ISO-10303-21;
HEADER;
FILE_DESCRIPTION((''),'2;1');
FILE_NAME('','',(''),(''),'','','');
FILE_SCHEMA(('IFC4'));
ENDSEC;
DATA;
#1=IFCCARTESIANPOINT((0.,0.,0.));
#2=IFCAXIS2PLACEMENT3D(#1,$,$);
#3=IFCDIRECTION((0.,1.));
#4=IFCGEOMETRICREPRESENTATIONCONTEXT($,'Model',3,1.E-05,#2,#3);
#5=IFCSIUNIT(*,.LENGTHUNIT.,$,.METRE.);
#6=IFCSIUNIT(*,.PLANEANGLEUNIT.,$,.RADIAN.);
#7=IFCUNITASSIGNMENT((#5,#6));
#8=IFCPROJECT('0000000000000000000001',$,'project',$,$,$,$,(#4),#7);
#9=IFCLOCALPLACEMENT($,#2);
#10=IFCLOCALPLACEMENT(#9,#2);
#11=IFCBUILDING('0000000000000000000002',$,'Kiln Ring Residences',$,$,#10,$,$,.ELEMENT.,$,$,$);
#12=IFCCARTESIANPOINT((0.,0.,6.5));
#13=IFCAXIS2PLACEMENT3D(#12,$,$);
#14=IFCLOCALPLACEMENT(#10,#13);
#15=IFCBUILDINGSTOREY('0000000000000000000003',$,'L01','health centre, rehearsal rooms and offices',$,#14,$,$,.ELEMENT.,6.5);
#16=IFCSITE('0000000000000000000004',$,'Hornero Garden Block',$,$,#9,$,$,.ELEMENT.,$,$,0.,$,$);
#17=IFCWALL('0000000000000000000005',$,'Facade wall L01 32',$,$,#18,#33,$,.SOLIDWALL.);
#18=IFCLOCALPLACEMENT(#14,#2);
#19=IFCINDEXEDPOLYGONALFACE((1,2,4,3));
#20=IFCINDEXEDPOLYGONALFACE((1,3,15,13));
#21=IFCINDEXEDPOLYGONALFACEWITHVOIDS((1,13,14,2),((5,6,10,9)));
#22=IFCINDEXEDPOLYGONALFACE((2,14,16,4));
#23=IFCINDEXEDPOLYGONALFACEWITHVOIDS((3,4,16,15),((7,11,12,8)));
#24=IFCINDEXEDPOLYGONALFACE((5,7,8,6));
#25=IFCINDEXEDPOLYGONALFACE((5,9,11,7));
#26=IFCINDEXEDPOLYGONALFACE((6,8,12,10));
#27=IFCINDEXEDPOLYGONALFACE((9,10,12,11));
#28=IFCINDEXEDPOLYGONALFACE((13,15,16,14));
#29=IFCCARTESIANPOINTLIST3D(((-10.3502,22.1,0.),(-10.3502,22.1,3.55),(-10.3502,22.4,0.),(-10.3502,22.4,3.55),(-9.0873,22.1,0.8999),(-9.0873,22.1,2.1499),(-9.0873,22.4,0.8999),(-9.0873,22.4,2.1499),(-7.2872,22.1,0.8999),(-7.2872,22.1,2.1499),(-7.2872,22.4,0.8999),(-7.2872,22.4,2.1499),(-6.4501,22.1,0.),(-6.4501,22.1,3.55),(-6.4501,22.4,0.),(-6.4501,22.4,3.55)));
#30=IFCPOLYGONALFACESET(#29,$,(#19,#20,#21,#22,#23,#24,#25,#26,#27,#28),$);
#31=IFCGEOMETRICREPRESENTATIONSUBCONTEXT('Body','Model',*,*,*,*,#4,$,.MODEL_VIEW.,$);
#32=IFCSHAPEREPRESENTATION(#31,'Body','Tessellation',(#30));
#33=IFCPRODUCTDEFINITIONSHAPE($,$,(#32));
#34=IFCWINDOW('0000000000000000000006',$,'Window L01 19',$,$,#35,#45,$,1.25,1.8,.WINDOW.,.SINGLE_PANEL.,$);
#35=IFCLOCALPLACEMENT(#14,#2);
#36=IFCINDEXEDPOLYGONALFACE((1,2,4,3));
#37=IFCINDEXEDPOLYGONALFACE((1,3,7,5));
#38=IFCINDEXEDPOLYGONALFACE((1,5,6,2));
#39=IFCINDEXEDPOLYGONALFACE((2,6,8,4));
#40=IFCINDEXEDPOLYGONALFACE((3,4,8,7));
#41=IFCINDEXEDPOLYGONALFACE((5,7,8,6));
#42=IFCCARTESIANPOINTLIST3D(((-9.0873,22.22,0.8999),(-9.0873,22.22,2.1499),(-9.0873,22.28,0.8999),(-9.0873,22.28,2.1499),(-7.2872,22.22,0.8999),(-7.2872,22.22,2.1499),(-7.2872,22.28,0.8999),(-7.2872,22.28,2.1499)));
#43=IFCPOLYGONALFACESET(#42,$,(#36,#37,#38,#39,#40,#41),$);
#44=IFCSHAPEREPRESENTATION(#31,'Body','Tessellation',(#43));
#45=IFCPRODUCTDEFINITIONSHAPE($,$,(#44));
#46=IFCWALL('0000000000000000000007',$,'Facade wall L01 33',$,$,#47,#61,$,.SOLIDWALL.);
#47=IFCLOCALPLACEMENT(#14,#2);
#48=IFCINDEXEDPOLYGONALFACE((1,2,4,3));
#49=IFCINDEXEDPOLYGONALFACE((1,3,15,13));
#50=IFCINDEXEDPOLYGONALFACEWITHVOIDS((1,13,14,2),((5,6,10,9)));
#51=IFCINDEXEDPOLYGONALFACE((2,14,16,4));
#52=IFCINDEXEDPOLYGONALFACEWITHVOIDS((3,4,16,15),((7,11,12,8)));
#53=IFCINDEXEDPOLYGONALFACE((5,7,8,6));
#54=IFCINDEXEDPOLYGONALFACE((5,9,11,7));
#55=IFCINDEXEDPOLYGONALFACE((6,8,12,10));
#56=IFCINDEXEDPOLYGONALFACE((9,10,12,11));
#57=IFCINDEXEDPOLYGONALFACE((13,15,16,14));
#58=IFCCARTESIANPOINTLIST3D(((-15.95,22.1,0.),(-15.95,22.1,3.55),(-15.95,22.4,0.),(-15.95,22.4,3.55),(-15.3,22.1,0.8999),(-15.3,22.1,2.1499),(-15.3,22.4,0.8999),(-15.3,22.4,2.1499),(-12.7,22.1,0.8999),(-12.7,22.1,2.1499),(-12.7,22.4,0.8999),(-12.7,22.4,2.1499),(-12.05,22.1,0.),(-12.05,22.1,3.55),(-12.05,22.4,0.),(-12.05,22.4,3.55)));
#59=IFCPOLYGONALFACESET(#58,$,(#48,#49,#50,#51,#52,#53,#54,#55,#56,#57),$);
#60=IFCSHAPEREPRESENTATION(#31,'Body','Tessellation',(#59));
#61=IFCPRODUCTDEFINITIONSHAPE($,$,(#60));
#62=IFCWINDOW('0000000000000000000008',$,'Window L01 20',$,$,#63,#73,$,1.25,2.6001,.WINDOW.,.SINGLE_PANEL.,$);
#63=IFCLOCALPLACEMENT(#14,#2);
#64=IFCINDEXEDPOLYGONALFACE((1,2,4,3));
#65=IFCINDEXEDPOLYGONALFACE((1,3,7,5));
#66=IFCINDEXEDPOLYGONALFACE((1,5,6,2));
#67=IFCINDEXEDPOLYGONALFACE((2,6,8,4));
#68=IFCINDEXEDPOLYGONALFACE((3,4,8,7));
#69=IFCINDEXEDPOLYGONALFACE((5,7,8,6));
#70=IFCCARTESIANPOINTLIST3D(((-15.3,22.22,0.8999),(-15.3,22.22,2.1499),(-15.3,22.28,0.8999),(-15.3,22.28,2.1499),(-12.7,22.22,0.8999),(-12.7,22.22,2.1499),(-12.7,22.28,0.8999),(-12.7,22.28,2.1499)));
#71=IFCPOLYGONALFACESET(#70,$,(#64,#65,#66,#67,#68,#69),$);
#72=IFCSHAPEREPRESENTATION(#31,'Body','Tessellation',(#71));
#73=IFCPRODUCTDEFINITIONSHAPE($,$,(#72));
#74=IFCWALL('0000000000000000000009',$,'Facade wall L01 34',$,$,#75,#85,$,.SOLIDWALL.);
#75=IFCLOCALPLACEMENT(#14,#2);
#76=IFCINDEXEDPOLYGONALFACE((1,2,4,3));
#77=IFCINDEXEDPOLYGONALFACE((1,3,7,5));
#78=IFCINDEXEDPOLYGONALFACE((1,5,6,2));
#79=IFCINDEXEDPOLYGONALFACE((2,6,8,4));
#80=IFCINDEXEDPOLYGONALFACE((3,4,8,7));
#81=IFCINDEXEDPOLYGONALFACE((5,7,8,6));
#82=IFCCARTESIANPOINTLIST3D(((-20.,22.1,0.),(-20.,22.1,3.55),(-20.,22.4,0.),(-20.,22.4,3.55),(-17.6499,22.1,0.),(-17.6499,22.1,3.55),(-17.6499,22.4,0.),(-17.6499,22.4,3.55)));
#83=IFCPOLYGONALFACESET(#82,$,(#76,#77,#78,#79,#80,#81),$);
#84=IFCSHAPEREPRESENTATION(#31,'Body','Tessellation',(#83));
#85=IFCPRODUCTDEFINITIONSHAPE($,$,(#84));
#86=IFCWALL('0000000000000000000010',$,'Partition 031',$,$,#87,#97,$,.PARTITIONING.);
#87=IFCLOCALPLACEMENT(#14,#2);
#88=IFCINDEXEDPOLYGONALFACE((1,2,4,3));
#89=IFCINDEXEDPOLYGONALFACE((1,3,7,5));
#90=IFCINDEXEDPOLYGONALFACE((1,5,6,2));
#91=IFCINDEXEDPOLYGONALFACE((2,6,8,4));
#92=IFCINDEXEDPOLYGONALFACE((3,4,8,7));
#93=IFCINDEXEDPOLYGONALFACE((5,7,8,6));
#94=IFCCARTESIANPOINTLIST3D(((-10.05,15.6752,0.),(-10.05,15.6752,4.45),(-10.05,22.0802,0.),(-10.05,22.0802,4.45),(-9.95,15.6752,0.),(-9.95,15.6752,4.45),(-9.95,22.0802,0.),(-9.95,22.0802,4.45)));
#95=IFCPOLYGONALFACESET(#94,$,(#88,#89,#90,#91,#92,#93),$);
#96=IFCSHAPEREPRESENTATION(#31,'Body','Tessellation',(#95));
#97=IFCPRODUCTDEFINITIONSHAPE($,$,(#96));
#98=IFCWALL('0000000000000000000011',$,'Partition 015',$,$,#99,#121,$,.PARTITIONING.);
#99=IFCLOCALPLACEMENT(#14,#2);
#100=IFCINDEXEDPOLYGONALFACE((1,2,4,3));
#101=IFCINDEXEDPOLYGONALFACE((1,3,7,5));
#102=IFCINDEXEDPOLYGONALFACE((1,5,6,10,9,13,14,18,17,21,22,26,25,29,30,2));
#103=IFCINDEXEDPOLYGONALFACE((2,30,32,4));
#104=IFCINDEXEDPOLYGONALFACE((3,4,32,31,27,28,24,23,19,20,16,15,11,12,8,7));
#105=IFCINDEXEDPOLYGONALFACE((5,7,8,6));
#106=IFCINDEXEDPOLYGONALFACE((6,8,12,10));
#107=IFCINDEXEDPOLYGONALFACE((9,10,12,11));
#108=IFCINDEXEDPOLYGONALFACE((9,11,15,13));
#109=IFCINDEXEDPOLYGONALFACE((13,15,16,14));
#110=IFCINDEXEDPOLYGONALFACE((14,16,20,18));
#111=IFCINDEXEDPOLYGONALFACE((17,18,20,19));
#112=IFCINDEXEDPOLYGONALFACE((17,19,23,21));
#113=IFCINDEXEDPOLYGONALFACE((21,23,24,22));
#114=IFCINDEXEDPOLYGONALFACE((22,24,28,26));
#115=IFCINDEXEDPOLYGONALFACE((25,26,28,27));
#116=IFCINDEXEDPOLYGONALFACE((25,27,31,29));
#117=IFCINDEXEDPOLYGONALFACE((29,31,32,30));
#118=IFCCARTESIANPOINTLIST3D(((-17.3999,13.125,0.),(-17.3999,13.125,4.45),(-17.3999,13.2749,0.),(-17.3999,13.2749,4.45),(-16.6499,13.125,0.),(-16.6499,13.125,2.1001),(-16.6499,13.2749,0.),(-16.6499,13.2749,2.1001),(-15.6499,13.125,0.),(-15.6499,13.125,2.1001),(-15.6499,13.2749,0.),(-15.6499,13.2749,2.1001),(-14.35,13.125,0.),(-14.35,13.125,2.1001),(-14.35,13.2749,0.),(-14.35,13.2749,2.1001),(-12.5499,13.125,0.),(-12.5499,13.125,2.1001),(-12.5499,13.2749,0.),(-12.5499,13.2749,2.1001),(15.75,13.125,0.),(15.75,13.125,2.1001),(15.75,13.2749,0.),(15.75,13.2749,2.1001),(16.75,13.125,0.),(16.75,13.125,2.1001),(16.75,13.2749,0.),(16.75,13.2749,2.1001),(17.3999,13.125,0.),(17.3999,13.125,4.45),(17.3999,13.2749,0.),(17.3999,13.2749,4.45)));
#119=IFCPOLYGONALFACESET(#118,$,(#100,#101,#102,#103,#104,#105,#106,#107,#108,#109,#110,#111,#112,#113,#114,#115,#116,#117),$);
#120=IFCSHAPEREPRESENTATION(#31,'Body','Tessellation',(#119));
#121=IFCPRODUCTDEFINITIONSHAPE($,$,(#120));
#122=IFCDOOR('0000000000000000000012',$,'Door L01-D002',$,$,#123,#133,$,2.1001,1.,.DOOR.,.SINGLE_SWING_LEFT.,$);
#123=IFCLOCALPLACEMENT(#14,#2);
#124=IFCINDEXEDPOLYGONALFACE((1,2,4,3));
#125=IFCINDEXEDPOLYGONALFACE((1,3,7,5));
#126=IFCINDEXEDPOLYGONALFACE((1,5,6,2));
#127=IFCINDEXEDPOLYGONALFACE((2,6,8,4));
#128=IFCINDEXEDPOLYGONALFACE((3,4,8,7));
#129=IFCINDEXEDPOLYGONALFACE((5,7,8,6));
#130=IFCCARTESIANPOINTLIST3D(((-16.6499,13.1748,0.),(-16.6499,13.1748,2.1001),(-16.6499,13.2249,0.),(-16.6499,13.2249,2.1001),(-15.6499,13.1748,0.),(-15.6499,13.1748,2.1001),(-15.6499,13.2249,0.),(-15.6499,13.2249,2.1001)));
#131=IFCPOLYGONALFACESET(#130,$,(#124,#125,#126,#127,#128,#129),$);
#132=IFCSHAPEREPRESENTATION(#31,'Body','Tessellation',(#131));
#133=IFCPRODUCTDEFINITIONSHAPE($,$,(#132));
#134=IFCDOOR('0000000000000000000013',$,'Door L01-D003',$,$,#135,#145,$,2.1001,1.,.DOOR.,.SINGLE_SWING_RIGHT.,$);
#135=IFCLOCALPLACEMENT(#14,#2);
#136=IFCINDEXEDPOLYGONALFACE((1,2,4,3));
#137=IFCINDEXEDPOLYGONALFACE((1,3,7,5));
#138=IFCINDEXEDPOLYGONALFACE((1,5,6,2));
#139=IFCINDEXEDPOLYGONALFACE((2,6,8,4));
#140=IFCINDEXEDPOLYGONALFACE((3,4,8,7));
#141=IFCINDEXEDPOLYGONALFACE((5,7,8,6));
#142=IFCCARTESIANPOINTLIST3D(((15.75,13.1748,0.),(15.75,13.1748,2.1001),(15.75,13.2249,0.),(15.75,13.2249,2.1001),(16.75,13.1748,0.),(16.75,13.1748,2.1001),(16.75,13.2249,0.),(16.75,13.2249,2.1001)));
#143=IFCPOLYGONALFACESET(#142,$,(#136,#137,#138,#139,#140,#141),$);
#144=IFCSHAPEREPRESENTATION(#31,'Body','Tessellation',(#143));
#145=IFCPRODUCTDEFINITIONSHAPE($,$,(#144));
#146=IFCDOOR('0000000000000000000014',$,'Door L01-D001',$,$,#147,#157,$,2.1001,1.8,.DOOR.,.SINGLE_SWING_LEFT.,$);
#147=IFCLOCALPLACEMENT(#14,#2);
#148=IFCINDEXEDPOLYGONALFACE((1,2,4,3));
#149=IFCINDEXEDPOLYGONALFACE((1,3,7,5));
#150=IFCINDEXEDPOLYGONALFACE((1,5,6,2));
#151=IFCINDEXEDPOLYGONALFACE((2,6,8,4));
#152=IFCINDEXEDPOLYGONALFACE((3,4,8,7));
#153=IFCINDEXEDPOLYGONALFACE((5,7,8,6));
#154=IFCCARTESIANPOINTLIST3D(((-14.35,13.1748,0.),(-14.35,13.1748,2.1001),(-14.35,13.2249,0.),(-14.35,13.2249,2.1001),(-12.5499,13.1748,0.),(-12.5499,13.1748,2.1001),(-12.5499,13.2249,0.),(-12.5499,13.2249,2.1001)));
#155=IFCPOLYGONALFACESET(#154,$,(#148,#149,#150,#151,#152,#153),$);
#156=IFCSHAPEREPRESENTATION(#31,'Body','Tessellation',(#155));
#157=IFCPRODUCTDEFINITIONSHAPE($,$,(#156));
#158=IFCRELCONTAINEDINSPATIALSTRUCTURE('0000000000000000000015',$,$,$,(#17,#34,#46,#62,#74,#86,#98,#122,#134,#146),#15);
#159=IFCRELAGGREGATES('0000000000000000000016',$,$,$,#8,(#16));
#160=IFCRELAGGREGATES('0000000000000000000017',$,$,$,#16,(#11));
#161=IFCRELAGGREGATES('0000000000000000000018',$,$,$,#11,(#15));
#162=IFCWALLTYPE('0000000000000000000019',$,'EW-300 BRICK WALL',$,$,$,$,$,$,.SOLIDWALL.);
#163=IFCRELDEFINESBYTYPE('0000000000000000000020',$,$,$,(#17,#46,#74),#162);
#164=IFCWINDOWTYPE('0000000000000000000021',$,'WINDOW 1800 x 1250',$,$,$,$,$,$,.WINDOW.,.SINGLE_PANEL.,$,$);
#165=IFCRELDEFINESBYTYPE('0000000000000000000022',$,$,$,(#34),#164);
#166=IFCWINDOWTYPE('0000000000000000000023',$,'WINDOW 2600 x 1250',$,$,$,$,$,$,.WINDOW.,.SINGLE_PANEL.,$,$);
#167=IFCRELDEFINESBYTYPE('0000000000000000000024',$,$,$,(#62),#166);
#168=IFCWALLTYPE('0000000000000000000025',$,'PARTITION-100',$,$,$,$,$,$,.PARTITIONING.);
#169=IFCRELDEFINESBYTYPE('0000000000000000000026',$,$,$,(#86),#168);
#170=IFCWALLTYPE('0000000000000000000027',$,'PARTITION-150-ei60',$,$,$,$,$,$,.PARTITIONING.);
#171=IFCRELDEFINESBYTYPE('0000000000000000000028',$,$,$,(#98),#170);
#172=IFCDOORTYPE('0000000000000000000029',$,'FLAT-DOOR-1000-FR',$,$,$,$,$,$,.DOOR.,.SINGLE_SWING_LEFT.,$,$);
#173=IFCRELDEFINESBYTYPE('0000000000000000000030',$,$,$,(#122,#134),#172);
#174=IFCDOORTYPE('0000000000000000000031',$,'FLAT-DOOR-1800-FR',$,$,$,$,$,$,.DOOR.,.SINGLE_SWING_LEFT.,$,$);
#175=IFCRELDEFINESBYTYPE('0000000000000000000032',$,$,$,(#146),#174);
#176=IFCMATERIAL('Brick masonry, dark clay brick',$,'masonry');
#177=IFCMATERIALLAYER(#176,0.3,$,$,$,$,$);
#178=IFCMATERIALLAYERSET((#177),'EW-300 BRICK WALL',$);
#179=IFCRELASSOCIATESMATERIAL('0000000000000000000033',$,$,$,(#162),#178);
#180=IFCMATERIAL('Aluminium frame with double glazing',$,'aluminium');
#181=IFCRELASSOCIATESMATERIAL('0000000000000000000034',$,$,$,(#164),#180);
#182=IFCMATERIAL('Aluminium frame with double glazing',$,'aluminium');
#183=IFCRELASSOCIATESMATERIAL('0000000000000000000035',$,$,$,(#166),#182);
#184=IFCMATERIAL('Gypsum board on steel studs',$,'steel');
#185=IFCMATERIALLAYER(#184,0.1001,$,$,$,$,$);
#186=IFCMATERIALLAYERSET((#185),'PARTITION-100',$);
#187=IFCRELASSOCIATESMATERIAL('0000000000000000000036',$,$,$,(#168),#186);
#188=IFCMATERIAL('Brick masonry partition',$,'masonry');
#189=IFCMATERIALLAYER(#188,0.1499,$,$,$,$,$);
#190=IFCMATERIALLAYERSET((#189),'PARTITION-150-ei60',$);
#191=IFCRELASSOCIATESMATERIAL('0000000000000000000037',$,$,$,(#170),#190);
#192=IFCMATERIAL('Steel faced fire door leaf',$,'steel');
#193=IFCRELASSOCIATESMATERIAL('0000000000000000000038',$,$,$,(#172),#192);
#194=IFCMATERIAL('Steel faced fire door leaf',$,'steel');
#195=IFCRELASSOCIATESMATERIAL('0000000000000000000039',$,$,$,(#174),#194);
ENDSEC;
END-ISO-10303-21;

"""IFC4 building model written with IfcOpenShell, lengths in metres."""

from ifc_helpers import new_model, si_unit, direction, frame, frame_2d, origin, place, context, subcontext, project, spatial, rectangle, extrude, material, layer, layer_set, type_object, element, fill, save


model = new_model("IFC4")

# Units and contexts
model_context = context("Model", 3, precision=1e-05, world=origin(), true_north=direction((0.0, 1.0)))
body_context = subcontext(model_context, "Body", "Model", "MODEL_VIEW")
ifc_project = project(units=[si_unit("LENGTHUNIT", "METRE"), si_unit("PLANEANGLEUNIT", "RADIAN")], contexts=[model_context])

# Site, building, storey
site_placement = place(None, origin())
site = spatial("IfcSite", under=ifc_project, at=site_placement, Name="Hornero Garden Block", CompositionType="ELEMENT", RefElevation=0.0)
building_placement = place(site_placement, origin())
building = spatial("IfcBuilding", under=site, at=building_placement, Name="Kiln Ring Residences", CompositionType="ELEMENT")
storey_placement = place(building_placement, frame((0.0, 0.0, 6.5)))
storey = spatial("IfcBuildingStorey", under=building, at=storey_placement, Name="L01", Description="health centre, rehearsal rooms and offices", CompositionType="ELEMENT", Elevation=6.5)

# Walls, openings, windows
ifc_material_1 = material(Name="Brick masonry, dark clay brick", Category="masonry")
ifc_layer_1 = layer(ifc_material_1, 0.3)
ifc_layer_set_1 = layer_set([ifc_layer_1], Name="EW-300 BRICK WALL")
wall_type_1 = type_object("IfcWallType", Name="EW-300 BRICK WALL", PredefinedType="SOLIDWALL", material=ifc_layer_set_1)
ifc_material_2 = material(Name="Aluminium frame with double glazing", Category="aluminium")
window_type_1 = type_object("IfcWindowType", Name="WINDOW 1800 x 1250", PartitioningType="SINGLE_PANEL", PredefinedType="WINDOW", material=ifc_material_2)
wall_1_placement = place(storey_placement, frame((-6.45, 22.25, 0.0), z_axis=(0.0, 0.0, 1.0), x_axis=(-1.0, 0.0, 0.0)))
wall_1 = element("IfcWall", 1, at=wall_1_placement, inside=storey, type_object=wall_type_1, Name="Facade wall L01 32", PredefinedType="SOLIDWALL", context=body_context, shape_type="SweptSolid", body=[
    extrude(rectangle(XDim=3.9001, YDim=0.3, at=frame_2d((1.9502, 0.0))), origin(), (0.0, 0.0, 1.0), 3.55),
])
opening_1_placement = place(wall_1_placement, frame((0.8374, 0.0, 0.8999)))
opening_1 = element("IfcOpeningElement", 2, at=opening_1_placement, cuts=wall_1, PredefinedType="OPENING", context=body_context, shape_type="SweptSolid", body=[
    extrude(rectangle(XDim=1.8, YDim=1.25, at=frame_2d((0.8999, 0.625))), frame((0.0, 0.1599, 0.0), z_axis=(0.0, -1.0, 0.0), x_axis=(1.0, 0.0, 0.0)), (0.0, 0.0, 1.0), 0.3201),
])
window_1_placement = place(opening_1_placement, origin())
window_1 = element("IfcWindow", 3, at=window_1_placement, inside=storey, type_object=window_type_1, Name="Window L01 19", OverallHeight=1.25, OverallWidth=1.8, PartitioningType="SINGLE_PANEL", PredefinedType="WINDOW", context=body_context, shape_type="SweptSolid", body=[
    extrude(rectangle(XDim=1.8, YDim=1.25, at=frame_2d((0.8999, 0.625))), frame((0.0, 0.03, 0.0), z_axis=(0.0, -1.0, 0.0), x_axis=(1.0, 0.0, 0.0)), (0.0, 0.0, 1.0), 0.0601),
])
fill(opening_1, window_1)
wall_2_placement = place(storey_placement, frame((-12.05, 22.25, 0.0), z_axis=(0.0, 0.0, 1.0), x_axis=(-1.0, 0.0, 0.0)))
wall_2 = element("IfcWall", 4, at=wall_2_placement, inside=storey, type_object=wall_type_1, Name="Facade wall L01 33", PredefinedType="SOLIDWALL", context=body_context, shape_type="SweptSolid", body=[
    extrude(rectangle(XDim=3.8999, YDim=0.3, at=frame_2d((1.95, 0.0))), origin(), (0.0, 0.0, 1.0), 3.55),
])
opening_2_placement = place(wall_2_placement, frame((0.6499, 0.0, 0.8999)))
opening_2 = element("IfcOpeningElement", 5, at=opening_2_placement, cuts=wall_2, PredefinedType="OPENING", context=body_context, shape_type="SweptSolid", body=[
    extrude(rectangle(XDim=2.6001, YDim=1.25, at=frame_2d((1.3, 0.625))), frame((0.0, 0.1599, 0.0), z_axis=(0.0, -1.0, 0.0), x_axis=(1.0, 0.0, 0.0)), (0.0, 0.0, 1.0), 0.3201),
])
ifc_material_3 = material(Name="Aluminium frame with double glazing", Category="aluminium")
window_type_2 = type_object("IfcWindowType", Name="WINDOW 2600 x 1250", PartitioningType="SINGLE_PANEL", PredefinedType="WINDOW", material=ifc_material_3)
window_2_placement = place(opening_2_placement, origin())
window_2 = element("IfcWindow", 6, at=window_2_placement, inside=storey, type_object=window_type_2, Name="Window L01 20", OverallHeight=1.25, OverallWidth=2.6001, PartitioningType="SINGLE_PANEL", PredefinedType="WINDOW", context=body_context, shape_type="SweptSolid", body=[
    extrude(rectangle(XDim=2.6001, YDim=1.25, at=frame_2d((1.3, 0.625))), frame((0.0, 0.03, 0.0), z_axis=(0.0, -1.0, 0.0), x_axis=(1.0, 0.0, 0.0)), (0.0, 0.0, 1.0), 0.0601),
])
fill(opening_2, window_2)

# Walls
wall_3_placement = place(storey_placement, frame((-17.6499, 22.25, 0.0), z_axis=(0.0, 0.0, 1.0), x_axis=(-1.0, 0.0, 0.0)))
element("IfcWall", 7, at=wall_3_placement, inside=storey, type_object=wall_type_1, Name="Facade wall L01 34", PredefinedType="SOLIDWALL", context=body_context, shape_type="SweptSolid", body=[
    extrude(rectangle(XDim=2.3501, YDim=0.3, at=frame_2d((1.175, 0.0))), origin(), (0.0, 0.0, 1.0), 3.55),
])
ifc_material_4 = material(Name="Gypsum board on steel studs", Category="steel")
ifc_layer_2 = layer(ifc_material_4, 0.1001)
ifc_layer_set_2 = layer_set([ifc_layer_2], Name="PARTITION-100")
wall_type_2 = type_object("IfcWallType", Name="PARTITION-100", PredefinedType="PARTITIONING", material=ifc_layer_set_2)
wall_4_placement = place(storey_placement, frame((-10.0, 15.675, 0.0), z_axis=(0.0, 0.0, 1.0), x_axis=(0.0, 1.0, 0.0)))
element("IfcWall", 8, at=wall_4_placement, inside=storey, type_object=wall_type_2, Name="Partition 031", PredefinedType="PARTITIONING", context=body_context, shape_type="SweptSolid", body=[
    extrude(rectangle(XDim=6.405, YDim=0.1001, at=frame_2d((3.2026, 0.0))), origin(), (0.0, 0.0, 1.0), 4.45),
])

# Wall, openings, doors
ifc_material_5 = material(Name="Brick masonry partition", Category="masonry")
ifc_layer_3 = layer(ifc_material_5, 0.1499)
ifc_layer_set_3 = layer_set([ifc_layer_3], Name="PARTITION-150-ei60")
wall_type_3 = type_object("IfcWallType", Name="PARTITION-150-ei60", PredefinedType="PARTITIONING", material=ifc_layer_set_3)
wall_5_placement = place(storey_placement, frame((-17.3999, 13.2, 0.0), z_axis=(0.0, 0.0, 1.0), x_axis=(1.0, 0.0, 0.0)))
wall_5 = element("IfcWall", 9, at=wall_5_placement, inside=storey, type_object=wall_type_3, Name="Partition 015", PredefinedType="PARTITIONING", context=body_context, shape_type="SweptSolid", body=[
    extrude(rectangle(XDim=34.7998, YDim=0.1499, at=frame_2d((17.3999, 0.0))), origin(), (0.0, 0.0, 1.0), 4.45),
])
opening_3_placement = place(wall_5_placement, frame((3.05, 0.0, 0.0)))
opening_3 = element("IfcOpeningElement", 10, at=opening_3_placement, cuts=wall_5, PredefinedType="OPENING", context=body_context, shape_type="SweptSolid", body=[
    extrude(rectangle(XDim=1.8, YDim=2.1001, at=frame_2d((0.8999, 1.05))), frame((0.0, 0.085, 0.0), z_axis=(0.0, -1.0, 0.0), x_axis=(1.0, 0.0, 0.0)), (0.0, 0.0, 1.0), 0.1699),
])
opening_4_placement = place(wall_5_placement, frame((0.75, 0.0, 0.0)))
opening_4 = element("IfcOpeningElement", 11, at=opening_4_placement, cuts=wall_5, PredefinedType="OPENING", context=body_context, shape_type="SweptSolid", body=[
    extrude(rectangle(XDim=1.0, YDim=2.1001, at=frame_2d((0.5, 1.05))), frame((0.0, 0.085, 0.0), z_axis=(0.0, -1.0, 0.0), x_axis=(1.0, 0.0, 0.0)), (0.0, 0.0, 1.0), 0.1699),
])
opening_5_placement = place(wall_5_placement, frame((33.1499, 0.0, 0.0)))
opening_5 = element("IfcOpeningElement", 12, at=opening_5_placement, cuts=wall_5, PredefinedType="OPENING", context=body_context, shape_type="SweptSolid", body=[
    extrude(rectangle(XDim=1.0, YDim=2.1001, at=frame_2d((0.5, 1.05))), frame((0.0, 0.085, 0.0), z_axis=(0.0, -1.0, 0.0), x_axis=(1.0, 0.0, 0.0)), (0.0, 0.0, 1.0), 0.1699),
])
ifc_material_6 = material(Name="Steel faced fire door leaf", Category="steel")
door_type_1 = type_object("IfcDoorType", Name="FLAT-DOOR-1000-FR", OperationType="SINGLE_SWING_LEFT", PredefinedType="DOOR", material=ifc_material_6)
door_1_placement = place(opening_4_placement, origin())
door_1 = element("IfcDoor", 13, at=door_1_placement, inside=storey, type_object=door_type_1, Name="Door L01-D002", OperationType="SINGLE_SWING_LEFT", OverallHeight=2.1001, OverallWidth=1.0, PredefinedType="DOOR", context=body_context, shape_type="SweptSolid", body=[
    extrude(rectangle(XDim=1.0, YDim=2.1001, at=frame_2d((0.5, 1.05))), frame((0.0, 0.0249, 0.0), z_axis=(0.0, -1.0, 0.0), x_axis=(1.0, 0.0, 0.0)), (0.0, 0.0, 1.0), 0.05),
])
fill(opening_4, door_1)
door_2_placement = place(opening_5_placement, origin())
door_2 = element("IfcDoor", 14, at=door_2_placement, inside=storey, type_object=door_type_1, Name="Door L01-D003", OperationType="SINGLE_SWING_RIGHT", OverallHeight=2.1001, OverallWidth=1.0, PredefinedType="DOOR", context=body_context, shape_type="SweptSolid", body=[
    extrude(rectangle(XDim=1.0, YDim=2.1001, at=frame_2d((0.5, 1.05))), frame((0.0, 0.0249, 0.0), z_axis=(0.0, -1.0, 0.0), x_axis=(1.0, 0.0, 0.0)), (0.0, 0.0, 1.0), 0.05),
])
fill(opening_5, door_2)
ifc_material_7 = material(Name="Steel faced fire door leaf", Category="steel")
door_type_2 = type_object("IfcDoorType", Name="FLAT-DOOR-1800-FR", OperationType="SINGLE_SWING_LEFT", PredefinedType="DOOR", material=ifc_material_7)
door_3_placement = place(opening_3_placement, origin())
door_3 = element("IfcDoor", 15, at=door_3_placement, inside=storey, type_object=door_type_2, Name="Door L01-D001", OperationType="SINGLE_SWING_LEFT", OverallHeight=2.1001, OverallWidth=1.8, PredefinedType="DOOR", context=body_context, shape_type="SweptSolid", body=[
    extrude(rectangle(XDim=1.8, YDim=2.1001, at=frame_2d((0.8999, 1.05))), frame((0.0, 0.0249, 0.0), z_axis=(0.0, -1.0, 0.0), x_axis=(1.0, 0.0, 0.0)), (0.0, 0.0, 1.0), 0.05),
])
fill(opening_3, door_3)

save(model, "model.ifc")
